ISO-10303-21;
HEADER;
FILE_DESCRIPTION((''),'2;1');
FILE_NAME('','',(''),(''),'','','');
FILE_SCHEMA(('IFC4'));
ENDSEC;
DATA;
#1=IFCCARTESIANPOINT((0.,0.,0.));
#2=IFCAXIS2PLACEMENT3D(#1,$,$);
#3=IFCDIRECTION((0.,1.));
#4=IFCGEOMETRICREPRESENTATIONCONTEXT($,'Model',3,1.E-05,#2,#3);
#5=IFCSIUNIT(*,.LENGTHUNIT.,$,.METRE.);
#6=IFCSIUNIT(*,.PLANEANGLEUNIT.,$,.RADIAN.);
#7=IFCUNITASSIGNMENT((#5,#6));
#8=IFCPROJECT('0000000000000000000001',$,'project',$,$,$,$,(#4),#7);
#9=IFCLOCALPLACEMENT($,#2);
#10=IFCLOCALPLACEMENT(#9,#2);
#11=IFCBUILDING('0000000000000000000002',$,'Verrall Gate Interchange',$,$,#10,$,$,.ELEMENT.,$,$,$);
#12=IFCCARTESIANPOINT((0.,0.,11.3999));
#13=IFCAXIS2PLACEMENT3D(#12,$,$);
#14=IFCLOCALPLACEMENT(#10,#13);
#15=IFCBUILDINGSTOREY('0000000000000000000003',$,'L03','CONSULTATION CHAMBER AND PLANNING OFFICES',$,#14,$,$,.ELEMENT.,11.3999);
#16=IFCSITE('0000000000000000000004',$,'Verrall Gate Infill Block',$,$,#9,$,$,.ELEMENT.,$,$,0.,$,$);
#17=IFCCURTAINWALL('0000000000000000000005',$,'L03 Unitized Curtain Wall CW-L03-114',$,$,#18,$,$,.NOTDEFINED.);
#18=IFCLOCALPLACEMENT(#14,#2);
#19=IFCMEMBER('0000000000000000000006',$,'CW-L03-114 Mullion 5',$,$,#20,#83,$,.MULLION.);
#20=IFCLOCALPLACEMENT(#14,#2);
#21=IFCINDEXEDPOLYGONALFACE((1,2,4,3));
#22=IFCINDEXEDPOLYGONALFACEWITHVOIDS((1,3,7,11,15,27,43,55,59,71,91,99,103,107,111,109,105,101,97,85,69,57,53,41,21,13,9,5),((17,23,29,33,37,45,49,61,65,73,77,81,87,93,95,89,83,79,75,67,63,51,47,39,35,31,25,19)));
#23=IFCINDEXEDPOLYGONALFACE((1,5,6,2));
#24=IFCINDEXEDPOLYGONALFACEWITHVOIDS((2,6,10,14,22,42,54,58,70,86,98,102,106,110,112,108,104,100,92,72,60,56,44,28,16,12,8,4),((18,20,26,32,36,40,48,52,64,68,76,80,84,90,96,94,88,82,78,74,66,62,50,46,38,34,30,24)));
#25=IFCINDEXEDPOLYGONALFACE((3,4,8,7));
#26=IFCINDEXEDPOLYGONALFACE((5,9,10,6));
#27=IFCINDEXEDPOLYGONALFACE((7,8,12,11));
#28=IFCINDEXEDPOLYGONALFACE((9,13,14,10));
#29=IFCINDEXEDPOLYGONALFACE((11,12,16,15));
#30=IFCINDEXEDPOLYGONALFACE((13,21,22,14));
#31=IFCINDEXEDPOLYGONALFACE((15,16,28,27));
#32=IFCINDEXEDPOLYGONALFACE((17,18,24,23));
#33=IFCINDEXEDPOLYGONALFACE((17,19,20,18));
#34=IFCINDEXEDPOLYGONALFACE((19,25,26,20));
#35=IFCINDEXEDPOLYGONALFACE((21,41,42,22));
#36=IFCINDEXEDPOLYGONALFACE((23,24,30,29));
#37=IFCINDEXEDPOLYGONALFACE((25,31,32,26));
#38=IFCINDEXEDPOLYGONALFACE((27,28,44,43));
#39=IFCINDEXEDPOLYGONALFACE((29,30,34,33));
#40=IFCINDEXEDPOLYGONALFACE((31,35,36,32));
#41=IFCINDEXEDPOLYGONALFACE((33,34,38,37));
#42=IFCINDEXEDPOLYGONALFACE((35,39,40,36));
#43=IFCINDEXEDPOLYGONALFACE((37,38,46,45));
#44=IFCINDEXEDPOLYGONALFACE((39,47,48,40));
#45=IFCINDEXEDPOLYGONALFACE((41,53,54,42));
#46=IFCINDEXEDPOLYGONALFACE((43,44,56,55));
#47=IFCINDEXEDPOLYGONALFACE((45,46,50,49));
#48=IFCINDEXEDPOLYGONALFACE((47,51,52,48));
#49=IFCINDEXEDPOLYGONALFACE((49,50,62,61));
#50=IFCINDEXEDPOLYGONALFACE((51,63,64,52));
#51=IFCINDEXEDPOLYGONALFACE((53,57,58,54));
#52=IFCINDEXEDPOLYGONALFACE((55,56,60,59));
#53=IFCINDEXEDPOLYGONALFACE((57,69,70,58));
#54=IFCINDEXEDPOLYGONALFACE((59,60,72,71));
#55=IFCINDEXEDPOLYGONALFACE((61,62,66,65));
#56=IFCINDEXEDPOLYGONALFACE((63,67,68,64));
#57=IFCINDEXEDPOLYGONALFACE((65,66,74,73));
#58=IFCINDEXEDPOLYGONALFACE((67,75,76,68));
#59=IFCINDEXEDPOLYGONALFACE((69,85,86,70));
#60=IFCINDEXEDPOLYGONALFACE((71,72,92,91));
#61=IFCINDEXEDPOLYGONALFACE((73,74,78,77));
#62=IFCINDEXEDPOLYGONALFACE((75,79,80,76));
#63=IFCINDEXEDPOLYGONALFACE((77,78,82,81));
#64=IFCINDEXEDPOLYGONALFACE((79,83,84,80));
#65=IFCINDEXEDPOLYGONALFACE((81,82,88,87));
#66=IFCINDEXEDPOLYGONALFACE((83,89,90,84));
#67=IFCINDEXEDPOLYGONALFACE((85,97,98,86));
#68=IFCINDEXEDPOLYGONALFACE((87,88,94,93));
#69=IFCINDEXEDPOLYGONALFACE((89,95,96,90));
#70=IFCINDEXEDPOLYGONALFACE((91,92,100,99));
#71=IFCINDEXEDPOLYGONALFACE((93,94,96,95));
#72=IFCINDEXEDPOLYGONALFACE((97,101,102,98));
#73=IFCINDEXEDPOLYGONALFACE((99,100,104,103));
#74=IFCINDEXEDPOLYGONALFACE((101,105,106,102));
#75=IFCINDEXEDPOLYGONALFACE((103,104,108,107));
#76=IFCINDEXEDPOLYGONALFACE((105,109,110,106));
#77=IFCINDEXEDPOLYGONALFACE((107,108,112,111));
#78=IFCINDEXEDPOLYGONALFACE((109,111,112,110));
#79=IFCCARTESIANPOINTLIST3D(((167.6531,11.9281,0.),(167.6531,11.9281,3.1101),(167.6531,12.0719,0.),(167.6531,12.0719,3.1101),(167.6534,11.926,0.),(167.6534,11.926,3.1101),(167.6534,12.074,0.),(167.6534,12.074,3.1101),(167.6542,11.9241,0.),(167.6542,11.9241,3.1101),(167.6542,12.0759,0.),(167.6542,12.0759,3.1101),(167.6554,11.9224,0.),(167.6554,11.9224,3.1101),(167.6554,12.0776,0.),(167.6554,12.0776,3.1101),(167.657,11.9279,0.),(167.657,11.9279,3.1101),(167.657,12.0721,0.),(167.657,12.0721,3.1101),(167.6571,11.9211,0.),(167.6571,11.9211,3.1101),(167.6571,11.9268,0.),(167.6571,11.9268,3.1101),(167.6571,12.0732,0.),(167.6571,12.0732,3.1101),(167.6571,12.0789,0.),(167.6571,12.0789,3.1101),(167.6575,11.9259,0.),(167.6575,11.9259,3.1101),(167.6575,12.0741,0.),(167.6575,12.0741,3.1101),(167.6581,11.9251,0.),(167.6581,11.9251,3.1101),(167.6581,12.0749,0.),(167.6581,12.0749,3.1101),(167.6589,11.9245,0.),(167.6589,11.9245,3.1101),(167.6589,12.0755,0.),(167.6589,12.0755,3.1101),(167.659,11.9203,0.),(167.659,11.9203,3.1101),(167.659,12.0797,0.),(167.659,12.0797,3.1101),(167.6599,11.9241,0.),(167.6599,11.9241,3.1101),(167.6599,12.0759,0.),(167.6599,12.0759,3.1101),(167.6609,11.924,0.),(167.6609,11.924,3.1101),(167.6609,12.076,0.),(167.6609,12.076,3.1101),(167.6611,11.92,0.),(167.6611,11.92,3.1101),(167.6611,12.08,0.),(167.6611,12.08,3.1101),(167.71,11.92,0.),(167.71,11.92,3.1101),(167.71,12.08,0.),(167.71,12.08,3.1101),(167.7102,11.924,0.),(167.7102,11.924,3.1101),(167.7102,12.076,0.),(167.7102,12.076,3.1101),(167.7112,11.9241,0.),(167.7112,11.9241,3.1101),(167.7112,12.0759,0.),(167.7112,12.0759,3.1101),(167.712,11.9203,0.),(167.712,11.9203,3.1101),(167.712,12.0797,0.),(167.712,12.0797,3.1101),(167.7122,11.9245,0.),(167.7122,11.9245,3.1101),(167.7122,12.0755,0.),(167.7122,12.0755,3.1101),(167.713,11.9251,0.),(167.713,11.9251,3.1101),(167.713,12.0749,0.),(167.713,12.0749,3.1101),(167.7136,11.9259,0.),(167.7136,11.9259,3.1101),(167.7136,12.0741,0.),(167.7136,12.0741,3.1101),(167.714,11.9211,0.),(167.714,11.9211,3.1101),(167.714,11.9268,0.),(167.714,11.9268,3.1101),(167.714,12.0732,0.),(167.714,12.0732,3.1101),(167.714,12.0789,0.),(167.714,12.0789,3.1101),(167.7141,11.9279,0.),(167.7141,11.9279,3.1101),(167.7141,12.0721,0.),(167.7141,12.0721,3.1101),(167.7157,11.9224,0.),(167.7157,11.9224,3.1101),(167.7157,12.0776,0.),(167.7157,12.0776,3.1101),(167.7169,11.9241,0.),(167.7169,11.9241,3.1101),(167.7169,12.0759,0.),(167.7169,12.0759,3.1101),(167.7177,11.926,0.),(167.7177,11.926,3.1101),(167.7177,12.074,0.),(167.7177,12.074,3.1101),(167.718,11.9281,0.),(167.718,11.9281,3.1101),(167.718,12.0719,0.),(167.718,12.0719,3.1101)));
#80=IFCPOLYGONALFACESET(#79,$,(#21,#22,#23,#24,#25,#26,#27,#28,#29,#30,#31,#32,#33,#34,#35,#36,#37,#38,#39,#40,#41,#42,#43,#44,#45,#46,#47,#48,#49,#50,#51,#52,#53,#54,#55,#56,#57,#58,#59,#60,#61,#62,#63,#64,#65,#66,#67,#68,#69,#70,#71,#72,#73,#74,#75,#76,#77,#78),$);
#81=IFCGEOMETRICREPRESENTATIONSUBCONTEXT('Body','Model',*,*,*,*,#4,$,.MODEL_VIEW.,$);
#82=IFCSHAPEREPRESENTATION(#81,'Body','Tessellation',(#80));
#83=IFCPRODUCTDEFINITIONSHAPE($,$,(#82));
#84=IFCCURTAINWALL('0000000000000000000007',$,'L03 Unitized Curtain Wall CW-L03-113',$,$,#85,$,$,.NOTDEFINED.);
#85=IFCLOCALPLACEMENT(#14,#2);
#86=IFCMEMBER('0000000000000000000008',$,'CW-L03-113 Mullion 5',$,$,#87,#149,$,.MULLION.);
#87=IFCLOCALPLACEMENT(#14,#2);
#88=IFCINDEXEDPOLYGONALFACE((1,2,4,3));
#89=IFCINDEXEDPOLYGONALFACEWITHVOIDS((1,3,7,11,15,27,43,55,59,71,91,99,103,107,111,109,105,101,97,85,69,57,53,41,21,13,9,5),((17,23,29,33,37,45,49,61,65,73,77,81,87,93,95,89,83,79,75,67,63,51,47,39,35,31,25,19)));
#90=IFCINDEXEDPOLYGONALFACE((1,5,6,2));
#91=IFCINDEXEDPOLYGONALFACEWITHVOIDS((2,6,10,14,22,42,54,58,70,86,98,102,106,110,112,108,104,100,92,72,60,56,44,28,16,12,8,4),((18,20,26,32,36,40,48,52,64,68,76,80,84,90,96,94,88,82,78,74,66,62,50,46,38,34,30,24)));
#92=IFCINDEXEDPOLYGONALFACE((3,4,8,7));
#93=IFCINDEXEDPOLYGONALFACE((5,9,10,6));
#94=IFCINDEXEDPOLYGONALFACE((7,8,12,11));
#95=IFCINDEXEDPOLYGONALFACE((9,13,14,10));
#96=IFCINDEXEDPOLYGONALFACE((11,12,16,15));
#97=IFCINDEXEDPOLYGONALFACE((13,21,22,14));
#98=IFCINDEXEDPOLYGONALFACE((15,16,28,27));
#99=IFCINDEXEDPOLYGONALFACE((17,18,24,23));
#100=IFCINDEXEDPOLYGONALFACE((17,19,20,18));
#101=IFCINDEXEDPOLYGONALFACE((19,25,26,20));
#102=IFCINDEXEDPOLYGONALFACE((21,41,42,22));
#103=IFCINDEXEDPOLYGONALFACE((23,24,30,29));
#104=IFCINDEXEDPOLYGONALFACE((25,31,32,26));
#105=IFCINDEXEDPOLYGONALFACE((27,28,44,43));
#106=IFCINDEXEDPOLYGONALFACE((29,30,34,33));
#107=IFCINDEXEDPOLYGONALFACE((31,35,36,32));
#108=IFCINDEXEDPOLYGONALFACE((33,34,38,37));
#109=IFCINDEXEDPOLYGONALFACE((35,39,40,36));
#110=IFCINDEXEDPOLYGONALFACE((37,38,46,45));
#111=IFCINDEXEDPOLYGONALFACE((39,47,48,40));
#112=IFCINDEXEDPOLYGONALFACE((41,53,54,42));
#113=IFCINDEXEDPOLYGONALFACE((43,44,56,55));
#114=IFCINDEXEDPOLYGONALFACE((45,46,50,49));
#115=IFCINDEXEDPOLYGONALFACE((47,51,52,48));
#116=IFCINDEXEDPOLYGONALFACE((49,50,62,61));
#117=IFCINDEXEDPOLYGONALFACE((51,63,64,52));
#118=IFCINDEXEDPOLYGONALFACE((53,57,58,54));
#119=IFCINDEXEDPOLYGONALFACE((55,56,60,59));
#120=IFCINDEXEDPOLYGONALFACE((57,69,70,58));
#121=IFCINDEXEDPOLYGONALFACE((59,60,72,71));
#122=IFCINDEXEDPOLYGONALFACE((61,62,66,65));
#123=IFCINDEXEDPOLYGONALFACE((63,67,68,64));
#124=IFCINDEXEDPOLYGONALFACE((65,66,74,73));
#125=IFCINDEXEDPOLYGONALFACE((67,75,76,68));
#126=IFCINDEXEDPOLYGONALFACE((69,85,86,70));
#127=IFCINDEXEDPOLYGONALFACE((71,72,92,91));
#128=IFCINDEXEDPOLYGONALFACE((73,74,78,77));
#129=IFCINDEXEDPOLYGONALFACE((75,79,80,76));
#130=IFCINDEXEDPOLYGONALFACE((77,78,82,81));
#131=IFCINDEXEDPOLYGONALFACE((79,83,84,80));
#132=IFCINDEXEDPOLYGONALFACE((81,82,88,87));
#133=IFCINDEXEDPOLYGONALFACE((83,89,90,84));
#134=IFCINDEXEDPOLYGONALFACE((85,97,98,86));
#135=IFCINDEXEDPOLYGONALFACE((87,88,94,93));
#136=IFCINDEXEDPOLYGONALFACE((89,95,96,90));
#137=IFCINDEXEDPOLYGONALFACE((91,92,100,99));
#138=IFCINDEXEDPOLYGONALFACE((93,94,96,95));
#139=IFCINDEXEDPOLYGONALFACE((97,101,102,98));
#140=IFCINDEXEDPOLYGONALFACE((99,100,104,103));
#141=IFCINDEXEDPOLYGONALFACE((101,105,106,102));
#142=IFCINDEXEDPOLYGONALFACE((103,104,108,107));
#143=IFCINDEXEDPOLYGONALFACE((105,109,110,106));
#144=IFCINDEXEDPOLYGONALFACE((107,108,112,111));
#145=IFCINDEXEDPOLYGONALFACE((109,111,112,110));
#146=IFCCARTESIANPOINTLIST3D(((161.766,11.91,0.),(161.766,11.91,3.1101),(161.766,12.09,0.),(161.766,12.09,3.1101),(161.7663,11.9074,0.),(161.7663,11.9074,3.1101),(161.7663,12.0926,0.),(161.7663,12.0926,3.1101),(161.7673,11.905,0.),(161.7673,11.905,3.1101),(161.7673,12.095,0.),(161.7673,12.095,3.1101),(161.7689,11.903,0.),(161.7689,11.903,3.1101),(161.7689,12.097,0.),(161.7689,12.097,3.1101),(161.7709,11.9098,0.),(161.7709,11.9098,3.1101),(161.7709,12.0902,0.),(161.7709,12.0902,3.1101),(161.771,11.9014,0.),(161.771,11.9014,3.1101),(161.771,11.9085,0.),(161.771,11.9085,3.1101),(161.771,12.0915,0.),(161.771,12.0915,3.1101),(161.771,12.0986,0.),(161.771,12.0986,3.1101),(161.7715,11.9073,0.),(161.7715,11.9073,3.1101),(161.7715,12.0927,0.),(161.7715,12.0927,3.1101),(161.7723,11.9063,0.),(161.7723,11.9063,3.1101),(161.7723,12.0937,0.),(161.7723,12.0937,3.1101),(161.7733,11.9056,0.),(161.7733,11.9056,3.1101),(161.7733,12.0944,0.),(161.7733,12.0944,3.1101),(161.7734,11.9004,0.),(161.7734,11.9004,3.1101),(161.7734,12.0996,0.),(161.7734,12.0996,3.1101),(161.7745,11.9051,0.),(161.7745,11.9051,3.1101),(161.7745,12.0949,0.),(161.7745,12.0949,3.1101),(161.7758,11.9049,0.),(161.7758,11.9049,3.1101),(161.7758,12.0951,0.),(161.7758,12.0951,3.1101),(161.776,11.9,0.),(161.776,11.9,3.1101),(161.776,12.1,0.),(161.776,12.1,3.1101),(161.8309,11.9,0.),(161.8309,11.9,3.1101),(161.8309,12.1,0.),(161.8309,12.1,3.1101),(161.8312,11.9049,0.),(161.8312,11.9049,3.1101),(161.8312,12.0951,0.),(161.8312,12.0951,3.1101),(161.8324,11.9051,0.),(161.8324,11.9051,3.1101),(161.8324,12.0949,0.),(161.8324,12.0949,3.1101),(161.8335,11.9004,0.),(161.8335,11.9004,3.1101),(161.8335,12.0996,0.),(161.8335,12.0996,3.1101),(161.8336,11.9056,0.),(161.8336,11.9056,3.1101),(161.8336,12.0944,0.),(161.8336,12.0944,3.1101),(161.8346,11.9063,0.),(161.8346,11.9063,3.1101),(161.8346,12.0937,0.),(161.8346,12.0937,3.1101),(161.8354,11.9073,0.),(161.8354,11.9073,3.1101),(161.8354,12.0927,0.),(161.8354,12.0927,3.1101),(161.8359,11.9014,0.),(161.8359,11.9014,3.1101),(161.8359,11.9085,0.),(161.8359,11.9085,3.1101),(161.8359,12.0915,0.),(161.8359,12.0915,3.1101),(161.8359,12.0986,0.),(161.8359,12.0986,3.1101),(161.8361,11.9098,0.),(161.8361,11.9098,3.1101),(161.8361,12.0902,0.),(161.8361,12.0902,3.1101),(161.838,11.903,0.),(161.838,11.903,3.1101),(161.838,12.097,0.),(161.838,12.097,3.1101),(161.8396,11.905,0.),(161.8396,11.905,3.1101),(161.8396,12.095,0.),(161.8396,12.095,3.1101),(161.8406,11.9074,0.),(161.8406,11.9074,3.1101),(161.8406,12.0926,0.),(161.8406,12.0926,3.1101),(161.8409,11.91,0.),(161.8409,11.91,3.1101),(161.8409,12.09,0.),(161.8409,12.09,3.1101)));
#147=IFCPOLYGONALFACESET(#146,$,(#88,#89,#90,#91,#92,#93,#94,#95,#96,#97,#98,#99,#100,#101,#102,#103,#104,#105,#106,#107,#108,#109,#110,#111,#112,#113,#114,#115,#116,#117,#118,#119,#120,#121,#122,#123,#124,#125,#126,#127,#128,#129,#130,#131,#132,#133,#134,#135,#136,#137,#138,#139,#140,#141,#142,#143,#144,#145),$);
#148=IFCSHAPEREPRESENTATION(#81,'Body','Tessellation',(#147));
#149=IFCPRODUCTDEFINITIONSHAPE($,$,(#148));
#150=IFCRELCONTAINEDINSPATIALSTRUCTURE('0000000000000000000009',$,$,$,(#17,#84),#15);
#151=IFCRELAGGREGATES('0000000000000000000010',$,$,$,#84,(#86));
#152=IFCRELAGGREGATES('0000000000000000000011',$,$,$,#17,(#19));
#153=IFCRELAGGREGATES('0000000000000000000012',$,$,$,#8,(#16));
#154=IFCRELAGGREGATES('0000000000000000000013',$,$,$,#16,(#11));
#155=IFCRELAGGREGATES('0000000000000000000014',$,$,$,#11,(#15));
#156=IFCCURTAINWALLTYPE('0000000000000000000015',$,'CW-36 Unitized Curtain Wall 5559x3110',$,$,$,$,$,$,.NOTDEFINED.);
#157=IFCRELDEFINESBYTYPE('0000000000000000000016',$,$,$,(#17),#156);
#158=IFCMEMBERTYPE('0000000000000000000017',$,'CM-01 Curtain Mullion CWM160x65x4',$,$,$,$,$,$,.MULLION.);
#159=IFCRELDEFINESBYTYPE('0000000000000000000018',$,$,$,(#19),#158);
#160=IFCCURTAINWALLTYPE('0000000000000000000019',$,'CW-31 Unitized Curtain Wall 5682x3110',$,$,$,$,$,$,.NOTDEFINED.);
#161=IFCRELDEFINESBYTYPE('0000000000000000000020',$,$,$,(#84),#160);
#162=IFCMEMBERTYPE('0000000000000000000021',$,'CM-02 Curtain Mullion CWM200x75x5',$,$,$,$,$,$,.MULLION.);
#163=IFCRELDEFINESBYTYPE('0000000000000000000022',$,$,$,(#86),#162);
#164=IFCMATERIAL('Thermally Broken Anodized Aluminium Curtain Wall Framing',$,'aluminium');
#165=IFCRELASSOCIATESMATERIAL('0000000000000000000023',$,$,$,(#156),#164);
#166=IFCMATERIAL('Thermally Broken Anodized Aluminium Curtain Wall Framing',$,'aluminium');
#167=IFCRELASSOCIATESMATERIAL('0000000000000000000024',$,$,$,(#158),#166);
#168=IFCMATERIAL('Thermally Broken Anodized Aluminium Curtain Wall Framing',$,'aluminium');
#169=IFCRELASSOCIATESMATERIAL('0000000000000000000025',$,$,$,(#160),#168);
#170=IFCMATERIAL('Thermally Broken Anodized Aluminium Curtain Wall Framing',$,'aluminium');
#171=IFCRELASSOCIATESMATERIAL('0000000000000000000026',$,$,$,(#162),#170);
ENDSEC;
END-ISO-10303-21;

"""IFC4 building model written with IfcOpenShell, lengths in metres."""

from ifc_helpers import new_model, si_unit, direction, frame, origin, origin_2d, place, context, subcontext, project, spatial, hollow_rectangle, extrude, material, material_profile, profile_set, type_object, element, aggregate, save


model = new_model("IFC4")

# Units and contexts
model_context = context("Model", 3, precision=1e-05, world=origin(), true_north=direction((0.0, 1.0)))
body_context = subcontext(model_context, "Body", "Model", "MODEL_VIEW")
ifc_project = project(units=[si_unit("LENGTHUNIT", "METRE"), si_unit("PLANEANGLEUNIT", "RADIAN")], contexts=[model_context])

# Site, building, storey
site_placement = place(None, origin())
site = spatial("IfcSite", under=ifc_project, at=site_placement, Name="Verrall Gate Infill Block", CompositionType="ELEMENT", RefElevation=0.0)
building_placement = place(site_placement, origin())
building = spatial("IfcBuilding", under=site, at=building_placement, Name="Verrall Gate Interchange", CompositionType="ELEMENT")
storey_placement = place(building_placement, frame((0.0, 0.0, 11.3999)))
storey = spatial("IfcBuildingStorey", under=building, at=storey_placement, Name="L03", Description="CONSULTATION CHAMBER AND PLANNING OFFICES", CompositionType="ELEMENT", Elevation=11.3999)

# Curtain wall, member
ifc_material_1 = material(Name="Thermally Broken Anodized Aluminium Curtain Wall Framing", Category="aluminium")
curtain_wall_type_1 = type_object("IfcCurtainWallType", Name="CW-36 Unitized Curtain Wall 5559x3110", PredefinedType="NOTDEFINED", material=ifc_material_1)
curtain_wall_1_placement = place(storey_placement, origin())
curtain_wall_1 = element("IfcCurtainWall", 1, at=curtain_wall_1_placement, inside=storey, type_object=curtain_wall_type_1, Name="L03 Unitized Curtain Wall CW-L03-114", PredefinedType="NOTDEFINED")
ifc_material_2 = material(Name="Thermally Broken Anodized Aluminium Curtain Wall Framing", Category="aluminium")
ifc_material_profile_1 = material_profile(ifc_material_2, hollow_rectangle(XDim=0.0649, YDim=0.1599, WallThickness=0.0039, InnerFilletRadius=0.0039, OuterFilletRadius=0.0081, at=origin_2d()), Name="CWM160x65x4")
ifc_profile_set_1 = profile_set([ifc_material_profile_1], Name="Thermally Broken Anodized Aluminium Curtain Wall Framing")
member_type_1 = type_object("IfcMemberType", Name="CM-01 Curtain Mullion CWM160x65x4", PredefinedType="MULLION", material=ifc_profile_set_1)
member_1_placement = place(storey_placement, frame((167.6855, 12.0, 0.0), z_axis=(0.0, 0.0, 1.0), x_axis=(1.0, 0.0, 0.0)))
member_1 = element("IfcMember", 2, at=member_1_placement, type_object=member_type_1, Name="CW-L03-114 Mullion 5", PredefinedType="MULLION", context=body_context, shape_type="SweptSolid", body=[
    extrude(hollow_rectangle(XDim=0.0649, YDim=0.1599, WallThickness=0.0039, InnerFilletRadius=0.0039, OuterFilletRadius=0.0081, at=origin_2d()), origin(), (0.0, 0.0, 1.0), 3.1101),
])

# Curtain wall, member
ifc_material_3 = material(Name="Thermally Broken Anodized Aluminium Curtain Wall Framing", Category="aluminium")
curtain_wall_type_2 = type_object("IfcCurtainWallType", Name="CW-31 Unitized Curtain Wall 5682x3110", PredefinedType="NOTDEFINED", material=ifc_material_3)
curtain_wall_2_placement = place(storey_placement, origin())
curtain_wall_2 = element("IfcCurtainWall", 3, at=curtain_wall_2_placement, inside=storey, type_object=curtain_wall_type_2, Name="L03 Unitized Curtain Wall CW-L03-113", PredefinedType="NOTDEFINED")
ifc_material_4 = material(Name="Thermally Broken Anodized Aluminium Curtain Wall Framing", Category="aluminium")
ifc_material_profile_2 = material_profile(ifc_material_4, hollow_rectangle(XDim=0.075, YDim=0.2, WallThickness=0.0049, InnerFilletRadius=0.0049, OuterFilletRadius=0.01, at=origin_2d()), Name="CWM200x75x5")
ifc_profile_set_2 = profile_set([ifc_material_profile_2], Name="Thermally Broken Anodized Aluminium Curtain Wall Framing")
member_type_2 = type_object("IfcMemberType", Name="CM-02 Curtain Mullion CWM200x75x5", PredefinedType="MULLION", material=ifc_profile_set_2)
member_2_placement = place(storey_placement, frame((161.8035, 12.0, 0.0), z_axis=(0.0, 0.0, 1.0), x_axis=(1.0, 0.0, 0.0)))
member_2 = element("IfcMember", 4, at=member_2_placement, type_object=member_type_2, Name="CW-L03-113 Mullion 5", PredefinedType="MULLION", context=body_context, shape_type="SweptSolid", body=[
    extrude(hollow_rectangle(XDim=0.075, YDim=0.2, WallThickness=0.0049, InnerFilletRadius=0.0049, OuterFilletRadius=0.01, at=origin_2d()), origin(), (0.0, 0.0, 1.0), 3.1101),
])
aggregate(curtain_wall_2, [member_2])

aggregate(curtain_wall_1, [member_1])

save(model, "model.ifc")
